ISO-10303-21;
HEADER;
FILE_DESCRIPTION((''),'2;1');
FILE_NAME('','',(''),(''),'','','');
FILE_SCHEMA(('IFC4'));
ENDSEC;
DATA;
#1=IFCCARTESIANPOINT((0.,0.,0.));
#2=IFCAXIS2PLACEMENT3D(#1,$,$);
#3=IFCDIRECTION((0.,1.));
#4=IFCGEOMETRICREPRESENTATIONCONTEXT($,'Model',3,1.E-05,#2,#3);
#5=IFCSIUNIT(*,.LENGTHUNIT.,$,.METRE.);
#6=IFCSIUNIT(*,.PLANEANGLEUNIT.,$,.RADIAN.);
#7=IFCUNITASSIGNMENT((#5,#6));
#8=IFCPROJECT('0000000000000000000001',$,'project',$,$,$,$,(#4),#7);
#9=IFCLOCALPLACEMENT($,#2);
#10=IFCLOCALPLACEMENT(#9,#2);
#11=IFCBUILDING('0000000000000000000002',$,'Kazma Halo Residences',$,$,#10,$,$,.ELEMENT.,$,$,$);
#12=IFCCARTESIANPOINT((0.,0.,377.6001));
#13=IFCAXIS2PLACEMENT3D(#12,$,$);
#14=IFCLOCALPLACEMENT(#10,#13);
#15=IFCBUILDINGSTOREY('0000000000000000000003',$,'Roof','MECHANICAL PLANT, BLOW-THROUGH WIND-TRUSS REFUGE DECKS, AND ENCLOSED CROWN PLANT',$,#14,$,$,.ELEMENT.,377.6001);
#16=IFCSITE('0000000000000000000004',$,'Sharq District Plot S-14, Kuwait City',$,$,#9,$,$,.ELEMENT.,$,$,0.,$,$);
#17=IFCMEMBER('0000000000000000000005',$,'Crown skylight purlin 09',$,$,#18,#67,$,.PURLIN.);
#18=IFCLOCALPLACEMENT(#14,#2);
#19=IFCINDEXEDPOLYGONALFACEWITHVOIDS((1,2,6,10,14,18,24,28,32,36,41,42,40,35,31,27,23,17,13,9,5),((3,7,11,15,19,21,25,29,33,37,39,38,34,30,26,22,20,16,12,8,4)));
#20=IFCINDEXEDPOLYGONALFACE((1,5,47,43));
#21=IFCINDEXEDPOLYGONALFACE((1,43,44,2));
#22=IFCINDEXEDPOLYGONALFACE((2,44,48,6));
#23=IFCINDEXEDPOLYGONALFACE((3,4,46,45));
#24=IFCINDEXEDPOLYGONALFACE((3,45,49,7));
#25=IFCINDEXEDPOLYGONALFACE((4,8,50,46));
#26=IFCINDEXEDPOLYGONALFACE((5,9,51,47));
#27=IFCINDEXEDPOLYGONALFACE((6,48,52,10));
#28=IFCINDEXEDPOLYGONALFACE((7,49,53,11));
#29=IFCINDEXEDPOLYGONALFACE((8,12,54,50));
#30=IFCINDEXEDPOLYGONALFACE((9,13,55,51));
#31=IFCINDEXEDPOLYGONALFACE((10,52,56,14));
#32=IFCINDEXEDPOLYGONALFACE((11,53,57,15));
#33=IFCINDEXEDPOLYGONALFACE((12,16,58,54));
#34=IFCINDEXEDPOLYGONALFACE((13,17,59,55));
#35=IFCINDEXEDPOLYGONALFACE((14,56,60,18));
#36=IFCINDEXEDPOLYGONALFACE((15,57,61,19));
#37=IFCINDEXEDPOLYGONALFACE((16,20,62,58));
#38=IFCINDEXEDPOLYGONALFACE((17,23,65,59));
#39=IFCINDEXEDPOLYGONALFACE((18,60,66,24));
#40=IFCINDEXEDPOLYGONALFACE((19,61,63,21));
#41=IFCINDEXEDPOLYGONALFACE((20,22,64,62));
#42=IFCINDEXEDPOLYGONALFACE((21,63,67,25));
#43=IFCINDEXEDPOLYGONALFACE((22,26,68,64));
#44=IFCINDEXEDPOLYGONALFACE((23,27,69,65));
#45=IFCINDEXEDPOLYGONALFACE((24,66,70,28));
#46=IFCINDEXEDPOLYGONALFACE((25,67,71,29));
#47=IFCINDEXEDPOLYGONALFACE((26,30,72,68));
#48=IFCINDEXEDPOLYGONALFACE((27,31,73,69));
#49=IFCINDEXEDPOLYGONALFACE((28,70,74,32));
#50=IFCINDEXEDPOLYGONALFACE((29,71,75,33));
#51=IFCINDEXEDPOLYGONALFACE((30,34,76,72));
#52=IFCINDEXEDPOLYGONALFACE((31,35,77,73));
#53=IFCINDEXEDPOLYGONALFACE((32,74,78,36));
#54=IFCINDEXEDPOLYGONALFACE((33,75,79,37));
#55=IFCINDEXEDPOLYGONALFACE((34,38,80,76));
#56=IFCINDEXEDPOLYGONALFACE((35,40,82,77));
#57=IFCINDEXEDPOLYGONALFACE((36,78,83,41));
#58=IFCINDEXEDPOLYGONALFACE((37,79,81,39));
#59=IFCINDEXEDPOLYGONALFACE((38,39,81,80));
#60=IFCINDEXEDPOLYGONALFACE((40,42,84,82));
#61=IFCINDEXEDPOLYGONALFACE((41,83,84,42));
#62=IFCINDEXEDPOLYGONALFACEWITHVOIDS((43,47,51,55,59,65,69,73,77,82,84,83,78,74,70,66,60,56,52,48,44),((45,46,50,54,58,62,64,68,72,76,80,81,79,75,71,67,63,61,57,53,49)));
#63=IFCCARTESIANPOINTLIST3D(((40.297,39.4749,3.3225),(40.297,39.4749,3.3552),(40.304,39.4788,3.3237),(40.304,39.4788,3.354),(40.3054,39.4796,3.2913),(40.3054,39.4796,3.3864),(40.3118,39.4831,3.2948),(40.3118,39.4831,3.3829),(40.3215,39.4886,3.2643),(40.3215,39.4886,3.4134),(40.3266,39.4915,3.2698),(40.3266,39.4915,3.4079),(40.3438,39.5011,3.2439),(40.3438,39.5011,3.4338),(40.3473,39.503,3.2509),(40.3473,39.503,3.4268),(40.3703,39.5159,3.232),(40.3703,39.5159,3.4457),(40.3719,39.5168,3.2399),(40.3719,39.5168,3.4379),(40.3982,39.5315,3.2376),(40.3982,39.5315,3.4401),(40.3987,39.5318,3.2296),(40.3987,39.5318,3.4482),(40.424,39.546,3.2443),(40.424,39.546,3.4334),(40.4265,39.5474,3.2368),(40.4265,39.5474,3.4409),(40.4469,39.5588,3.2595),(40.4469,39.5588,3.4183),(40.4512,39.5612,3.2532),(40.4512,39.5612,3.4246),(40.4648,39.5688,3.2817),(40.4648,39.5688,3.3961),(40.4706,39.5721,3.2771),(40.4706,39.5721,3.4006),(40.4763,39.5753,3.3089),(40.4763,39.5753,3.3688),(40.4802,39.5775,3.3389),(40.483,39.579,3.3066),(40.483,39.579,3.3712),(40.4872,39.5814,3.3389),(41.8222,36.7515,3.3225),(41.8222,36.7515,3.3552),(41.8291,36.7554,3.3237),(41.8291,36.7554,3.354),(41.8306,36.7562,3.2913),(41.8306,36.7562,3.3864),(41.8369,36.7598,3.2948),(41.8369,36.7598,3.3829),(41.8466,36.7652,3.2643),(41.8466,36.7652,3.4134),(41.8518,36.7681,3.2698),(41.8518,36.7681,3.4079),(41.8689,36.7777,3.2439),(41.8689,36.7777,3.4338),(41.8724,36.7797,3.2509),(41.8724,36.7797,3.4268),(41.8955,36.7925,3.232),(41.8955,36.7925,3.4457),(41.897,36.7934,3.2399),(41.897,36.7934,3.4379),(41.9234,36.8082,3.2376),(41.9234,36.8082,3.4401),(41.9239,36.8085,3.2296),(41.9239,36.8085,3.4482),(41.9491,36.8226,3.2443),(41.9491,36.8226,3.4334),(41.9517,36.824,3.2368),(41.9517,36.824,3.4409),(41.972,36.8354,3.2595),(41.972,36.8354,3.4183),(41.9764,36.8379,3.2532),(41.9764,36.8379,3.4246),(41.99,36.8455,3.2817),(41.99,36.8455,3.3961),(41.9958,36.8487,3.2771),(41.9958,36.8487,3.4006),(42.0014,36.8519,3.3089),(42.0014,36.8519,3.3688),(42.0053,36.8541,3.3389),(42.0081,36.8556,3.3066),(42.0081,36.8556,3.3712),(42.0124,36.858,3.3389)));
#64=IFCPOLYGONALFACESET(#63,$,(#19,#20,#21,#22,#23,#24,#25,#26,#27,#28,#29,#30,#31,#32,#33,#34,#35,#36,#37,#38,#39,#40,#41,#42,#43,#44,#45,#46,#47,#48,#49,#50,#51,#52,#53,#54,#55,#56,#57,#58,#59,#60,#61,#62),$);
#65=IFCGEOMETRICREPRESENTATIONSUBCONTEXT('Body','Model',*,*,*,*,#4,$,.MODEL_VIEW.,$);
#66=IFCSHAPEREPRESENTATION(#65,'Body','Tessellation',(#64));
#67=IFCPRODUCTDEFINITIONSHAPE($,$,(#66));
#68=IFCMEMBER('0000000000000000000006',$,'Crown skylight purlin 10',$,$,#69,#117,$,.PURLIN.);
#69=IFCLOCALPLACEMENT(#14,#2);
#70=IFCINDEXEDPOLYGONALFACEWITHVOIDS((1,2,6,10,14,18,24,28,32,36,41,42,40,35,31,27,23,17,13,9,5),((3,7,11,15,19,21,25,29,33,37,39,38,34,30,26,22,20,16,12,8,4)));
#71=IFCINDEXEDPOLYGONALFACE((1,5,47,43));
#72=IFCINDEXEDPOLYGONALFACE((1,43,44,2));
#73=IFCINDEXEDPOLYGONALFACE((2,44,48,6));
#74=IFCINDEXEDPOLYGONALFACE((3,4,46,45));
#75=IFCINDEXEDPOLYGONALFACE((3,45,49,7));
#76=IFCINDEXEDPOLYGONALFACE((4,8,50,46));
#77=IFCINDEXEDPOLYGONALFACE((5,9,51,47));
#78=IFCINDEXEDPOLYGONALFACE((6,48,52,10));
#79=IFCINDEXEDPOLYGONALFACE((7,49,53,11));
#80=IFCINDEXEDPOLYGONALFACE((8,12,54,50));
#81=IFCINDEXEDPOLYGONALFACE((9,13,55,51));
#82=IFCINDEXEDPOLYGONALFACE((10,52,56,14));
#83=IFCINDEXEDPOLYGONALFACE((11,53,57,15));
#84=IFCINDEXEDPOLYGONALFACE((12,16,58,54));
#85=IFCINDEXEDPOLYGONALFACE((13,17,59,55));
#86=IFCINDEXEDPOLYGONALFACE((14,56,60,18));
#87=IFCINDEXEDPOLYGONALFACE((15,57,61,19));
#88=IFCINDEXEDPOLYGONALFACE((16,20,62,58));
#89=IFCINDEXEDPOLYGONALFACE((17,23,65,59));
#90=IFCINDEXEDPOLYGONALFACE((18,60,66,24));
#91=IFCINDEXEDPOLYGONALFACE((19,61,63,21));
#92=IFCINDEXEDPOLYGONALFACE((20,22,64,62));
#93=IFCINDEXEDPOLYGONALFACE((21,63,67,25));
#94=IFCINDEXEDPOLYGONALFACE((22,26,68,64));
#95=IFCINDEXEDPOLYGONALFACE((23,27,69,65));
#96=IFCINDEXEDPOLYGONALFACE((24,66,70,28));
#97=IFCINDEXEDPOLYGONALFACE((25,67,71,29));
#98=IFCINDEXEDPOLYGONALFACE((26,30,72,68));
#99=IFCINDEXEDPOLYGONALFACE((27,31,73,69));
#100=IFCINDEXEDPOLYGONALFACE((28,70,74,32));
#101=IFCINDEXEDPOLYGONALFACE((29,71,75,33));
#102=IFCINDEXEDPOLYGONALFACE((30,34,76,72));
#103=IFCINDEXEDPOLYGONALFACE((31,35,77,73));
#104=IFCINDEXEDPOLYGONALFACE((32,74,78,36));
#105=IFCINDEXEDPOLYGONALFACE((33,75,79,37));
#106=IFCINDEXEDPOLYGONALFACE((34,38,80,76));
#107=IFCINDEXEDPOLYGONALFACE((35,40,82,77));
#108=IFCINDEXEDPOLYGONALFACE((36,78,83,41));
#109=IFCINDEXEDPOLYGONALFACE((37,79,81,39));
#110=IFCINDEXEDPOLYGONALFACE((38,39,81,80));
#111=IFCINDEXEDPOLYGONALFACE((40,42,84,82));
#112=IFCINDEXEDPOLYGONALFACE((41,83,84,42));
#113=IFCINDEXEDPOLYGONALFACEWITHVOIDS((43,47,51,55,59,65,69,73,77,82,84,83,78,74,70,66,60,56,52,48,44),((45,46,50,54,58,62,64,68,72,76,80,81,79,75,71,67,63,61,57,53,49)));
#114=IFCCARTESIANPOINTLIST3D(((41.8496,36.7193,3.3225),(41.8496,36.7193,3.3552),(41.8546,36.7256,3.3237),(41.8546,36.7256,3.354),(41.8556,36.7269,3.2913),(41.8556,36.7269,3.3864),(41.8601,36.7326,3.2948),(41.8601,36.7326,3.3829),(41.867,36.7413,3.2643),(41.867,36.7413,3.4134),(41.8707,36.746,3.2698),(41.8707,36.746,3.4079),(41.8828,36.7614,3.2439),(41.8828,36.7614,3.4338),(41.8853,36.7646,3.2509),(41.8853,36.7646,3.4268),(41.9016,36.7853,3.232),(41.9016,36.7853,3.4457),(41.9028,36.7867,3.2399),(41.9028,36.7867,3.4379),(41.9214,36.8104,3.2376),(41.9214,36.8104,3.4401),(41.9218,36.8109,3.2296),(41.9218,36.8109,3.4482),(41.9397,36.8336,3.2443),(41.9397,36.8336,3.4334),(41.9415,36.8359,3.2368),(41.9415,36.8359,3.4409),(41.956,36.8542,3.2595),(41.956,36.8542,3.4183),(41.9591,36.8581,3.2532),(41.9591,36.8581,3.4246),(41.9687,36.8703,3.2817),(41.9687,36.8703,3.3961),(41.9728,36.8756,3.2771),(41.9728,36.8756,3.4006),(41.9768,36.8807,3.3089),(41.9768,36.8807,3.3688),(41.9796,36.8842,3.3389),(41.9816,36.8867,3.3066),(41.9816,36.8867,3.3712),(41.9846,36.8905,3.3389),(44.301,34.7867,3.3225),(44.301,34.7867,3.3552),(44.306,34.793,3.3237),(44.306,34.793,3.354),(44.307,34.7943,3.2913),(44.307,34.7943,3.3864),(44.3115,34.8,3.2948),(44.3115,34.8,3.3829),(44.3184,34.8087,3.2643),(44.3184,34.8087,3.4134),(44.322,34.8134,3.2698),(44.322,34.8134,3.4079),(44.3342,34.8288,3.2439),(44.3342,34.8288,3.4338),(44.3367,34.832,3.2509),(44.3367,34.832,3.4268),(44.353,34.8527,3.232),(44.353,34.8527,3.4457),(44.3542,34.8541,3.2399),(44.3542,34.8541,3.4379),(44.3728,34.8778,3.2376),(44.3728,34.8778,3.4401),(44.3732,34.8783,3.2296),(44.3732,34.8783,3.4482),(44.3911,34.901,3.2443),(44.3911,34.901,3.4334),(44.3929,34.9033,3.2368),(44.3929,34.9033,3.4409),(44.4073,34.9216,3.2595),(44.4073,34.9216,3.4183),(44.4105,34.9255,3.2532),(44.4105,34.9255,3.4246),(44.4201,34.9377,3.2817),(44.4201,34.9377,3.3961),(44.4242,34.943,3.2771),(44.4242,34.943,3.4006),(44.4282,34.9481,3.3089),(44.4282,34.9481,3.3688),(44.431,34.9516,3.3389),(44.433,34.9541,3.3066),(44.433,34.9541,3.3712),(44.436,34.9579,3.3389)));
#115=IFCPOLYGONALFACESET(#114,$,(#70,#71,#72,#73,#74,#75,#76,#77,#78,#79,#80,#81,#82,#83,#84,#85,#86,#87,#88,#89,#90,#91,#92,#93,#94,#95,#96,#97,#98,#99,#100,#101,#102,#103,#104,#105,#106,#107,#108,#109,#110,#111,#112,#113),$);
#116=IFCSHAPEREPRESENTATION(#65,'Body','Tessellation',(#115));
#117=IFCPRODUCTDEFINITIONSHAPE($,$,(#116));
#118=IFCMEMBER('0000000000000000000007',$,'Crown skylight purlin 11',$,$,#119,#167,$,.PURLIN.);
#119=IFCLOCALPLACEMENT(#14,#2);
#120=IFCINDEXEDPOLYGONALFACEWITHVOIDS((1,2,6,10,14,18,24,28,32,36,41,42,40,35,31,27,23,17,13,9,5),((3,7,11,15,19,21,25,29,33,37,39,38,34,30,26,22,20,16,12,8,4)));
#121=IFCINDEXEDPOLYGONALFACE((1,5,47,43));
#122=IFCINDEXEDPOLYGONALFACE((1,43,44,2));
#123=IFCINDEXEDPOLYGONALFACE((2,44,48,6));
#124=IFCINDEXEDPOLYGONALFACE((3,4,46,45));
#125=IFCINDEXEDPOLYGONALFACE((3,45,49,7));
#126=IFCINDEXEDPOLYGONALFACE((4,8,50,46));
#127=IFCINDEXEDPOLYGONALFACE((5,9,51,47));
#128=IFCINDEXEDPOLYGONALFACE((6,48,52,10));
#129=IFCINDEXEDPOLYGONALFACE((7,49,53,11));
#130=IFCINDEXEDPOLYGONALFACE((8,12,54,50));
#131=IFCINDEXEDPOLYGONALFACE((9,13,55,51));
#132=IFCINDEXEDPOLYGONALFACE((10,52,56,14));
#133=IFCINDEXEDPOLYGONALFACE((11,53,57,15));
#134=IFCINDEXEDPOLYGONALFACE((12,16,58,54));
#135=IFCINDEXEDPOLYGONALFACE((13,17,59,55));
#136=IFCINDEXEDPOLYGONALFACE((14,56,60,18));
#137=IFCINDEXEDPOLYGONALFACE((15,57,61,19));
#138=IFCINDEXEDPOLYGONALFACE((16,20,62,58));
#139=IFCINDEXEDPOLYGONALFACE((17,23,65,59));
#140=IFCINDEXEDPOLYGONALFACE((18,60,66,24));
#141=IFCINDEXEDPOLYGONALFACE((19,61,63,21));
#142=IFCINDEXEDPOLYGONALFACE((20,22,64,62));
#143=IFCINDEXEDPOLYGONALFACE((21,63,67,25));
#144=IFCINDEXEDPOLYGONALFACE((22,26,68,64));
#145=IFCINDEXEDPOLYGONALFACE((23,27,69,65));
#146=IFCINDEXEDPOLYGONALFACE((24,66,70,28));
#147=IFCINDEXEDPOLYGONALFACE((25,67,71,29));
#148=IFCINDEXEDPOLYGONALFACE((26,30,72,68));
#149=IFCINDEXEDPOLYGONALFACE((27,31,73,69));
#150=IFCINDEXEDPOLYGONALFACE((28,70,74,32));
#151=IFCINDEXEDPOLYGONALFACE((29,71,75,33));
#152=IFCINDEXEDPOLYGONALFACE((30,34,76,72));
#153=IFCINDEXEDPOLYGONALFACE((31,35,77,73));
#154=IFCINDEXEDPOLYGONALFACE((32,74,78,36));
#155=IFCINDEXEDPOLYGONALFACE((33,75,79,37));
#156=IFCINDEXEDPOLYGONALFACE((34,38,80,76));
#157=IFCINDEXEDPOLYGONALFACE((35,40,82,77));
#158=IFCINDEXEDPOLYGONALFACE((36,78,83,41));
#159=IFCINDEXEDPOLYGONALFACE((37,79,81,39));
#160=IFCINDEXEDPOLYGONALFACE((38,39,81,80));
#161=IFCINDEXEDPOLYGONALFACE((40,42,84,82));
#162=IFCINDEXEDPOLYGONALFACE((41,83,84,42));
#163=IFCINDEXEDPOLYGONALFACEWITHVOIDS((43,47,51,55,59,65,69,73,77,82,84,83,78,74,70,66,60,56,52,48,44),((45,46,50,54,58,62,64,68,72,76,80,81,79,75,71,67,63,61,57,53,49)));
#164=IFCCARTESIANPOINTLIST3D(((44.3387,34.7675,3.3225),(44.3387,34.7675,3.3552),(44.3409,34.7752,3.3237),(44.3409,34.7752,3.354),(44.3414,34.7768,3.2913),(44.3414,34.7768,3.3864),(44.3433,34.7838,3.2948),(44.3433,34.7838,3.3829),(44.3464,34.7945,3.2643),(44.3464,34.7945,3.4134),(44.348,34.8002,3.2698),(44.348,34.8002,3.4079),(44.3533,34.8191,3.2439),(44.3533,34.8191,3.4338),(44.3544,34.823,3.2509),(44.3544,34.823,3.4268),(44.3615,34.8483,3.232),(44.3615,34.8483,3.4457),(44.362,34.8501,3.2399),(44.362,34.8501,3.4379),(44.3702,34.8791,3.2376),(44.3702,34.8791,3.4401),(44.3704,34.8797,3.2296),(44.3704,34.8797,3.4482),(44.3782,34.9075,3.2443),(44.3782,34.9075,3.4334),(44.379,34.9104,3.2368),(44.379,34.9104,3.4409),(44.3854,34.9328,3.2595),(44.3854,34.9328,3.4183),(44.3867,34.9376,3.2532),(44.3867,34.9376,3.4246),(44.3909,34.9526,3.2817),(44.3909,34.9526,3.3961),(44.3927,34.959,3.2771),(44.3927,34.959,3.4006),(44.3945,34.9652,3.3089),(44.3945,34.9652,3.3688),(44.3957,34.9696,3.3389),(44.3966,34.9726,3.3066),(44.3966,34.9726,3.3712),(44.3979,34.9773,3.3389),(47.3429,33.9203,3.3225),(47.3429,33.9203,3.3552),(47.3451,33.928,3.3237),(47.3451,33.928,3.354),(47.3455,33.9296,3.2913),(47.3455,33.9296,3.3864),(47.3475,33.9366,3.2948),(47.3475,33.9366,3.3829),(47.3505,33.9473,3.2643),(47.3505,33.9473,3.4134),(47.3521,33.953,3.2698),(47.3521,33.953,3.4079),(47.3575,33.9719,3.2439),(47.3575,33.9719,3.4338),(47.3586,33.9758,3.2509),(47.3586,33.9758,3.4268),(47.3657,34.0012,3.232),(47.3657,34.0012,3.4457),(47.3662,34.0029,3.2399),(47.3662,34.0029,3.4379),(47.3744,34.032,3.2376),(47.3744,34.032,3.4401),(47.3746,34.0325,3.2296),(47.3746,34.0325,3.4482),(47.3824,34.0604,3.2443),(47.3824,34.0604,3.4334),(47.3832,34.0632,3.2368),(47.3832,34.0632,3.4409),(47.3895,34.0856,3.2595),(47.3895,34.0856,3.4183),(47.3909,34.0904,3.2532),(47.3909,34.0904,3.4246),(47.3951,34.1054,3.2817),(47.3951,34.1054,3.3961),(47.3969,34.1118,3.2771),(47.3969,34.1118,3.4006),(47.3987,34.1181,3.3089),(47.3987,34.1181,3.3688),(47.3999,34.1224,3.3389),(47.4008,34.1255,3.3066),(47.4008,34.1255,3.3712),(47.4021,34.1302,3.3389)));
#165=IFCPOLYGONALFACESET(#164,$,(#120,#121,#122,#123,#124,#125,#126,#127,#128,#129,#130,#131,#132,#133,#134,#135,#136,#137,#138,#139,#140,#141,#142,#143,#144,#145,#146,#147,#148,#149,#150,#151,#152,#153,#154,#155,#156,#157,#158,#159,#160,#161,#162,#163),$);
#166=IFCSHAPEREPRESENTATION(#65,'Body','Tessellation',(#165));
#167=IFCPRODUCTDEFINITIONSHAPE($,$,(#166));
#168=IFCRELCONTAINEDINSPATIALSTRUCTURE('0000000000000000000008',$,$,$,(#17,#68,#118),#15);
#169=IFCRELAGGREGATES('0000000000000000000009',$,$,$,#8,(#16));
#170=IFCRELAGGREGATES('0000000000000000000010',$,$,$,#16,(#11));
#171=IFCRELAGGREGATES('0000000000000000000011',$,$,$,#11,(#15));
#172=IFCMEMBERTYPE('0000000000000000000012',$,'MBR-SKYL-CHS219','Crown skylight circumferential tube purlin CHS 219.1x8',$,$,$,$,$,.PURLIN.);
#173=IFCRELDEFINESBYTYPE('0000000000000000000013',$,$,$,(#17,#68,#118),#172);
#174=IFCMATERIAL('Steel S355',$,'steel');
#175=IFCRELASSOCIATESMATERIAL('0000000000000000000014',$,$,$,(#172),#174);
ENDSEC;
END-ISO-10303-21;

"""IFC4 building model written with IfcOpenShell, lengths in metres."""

from ifc_helpers import new_model, si_unit, direction, frame, origin, origin_2d, place, context, subcontext, project, spatial, hollow_circle, extrude, material, material_profile, profile_set, type_object, element, save


model = new_model("IFC4")

# Units and contexts
model_context = context("Model", 3, precision=1e-05, world=origin(), true_north=direction((0.0, 1.0)))
body_context = subcontext(model_context, "Body", "Model", "MODEL_VIEW")
ifc_project = project(units=[si_unit("LENGTHUNIT", "METRE"), si_unit("PLANEANGLEUNIT", "RADIAN")], contexts=[model_context])

# Site, building, storey
site_placement = place(None, origin())
site = spatial("IfcSite", under=ifc_project, at=site_placement, Name="Sharq District Plot S-14, Kuwait City", CompositionType="ELEMENT", RefElevation=0.0)
building_placement = place(site_placement, origin())
building = spatial("IfcBuilding", under=site, at=building_placement, Name="Kazma Halo Residences", CompositionType="ELEMENT")
storey_placement = place(building_placement, frame((0.0, 0.0, 377.6001)))
storey = spatial("IfcBuildingStorey", under=building, at=storey_placement, Name="Roof", Description="MECHANICAL PLANT, BLOW-THROUGH WIND-TRUSS REFUGE DECKS, AND ENCLOSED CROWN PLANT", CompositionType="ELEMENT", Elevation=377.6001)

# Shared definitions
ifc_material_1 = material(Name="Steel S355", Category="steel")

# Members
ifc_material_profile_1 = material_profile(ifc_material_1, hollow_circle(Radius=0.1096, WallThickness=0.0081, at=origin_2d()), Name="CHS219.1x8")
ifc_profile_set_1 = profile_set([ifc_material_profile_1], Name="Steel S355")
member_type_1 = type_object("IfcMemberType", Name="MBR-SKYL-CHS219", Description="Crown skylight circumferential tube purlin CHS 219.1x8", PredefinedType="PURLIN", material=ifc_profile_set_1)
member_1_placement = place(storey_placement, frame((40.3916, 39.5278, 3.3389), z_axis=(0.488615, -0.872499, 0.0), x_axis=(0.872499, 0.488615, 0.0)))
element("IfcMember", 1, at=member_1_placement, inside=storey, type_object=member_type_1, Name="Crown skylight purlin 09", PredefinedType="PURLIN", context=body_context, shape_type="SweptSolid", body=[
    extrude(hollow_circle(Radius=0.1096, WallThickness=0.0081, at=origin_2d()), origin(), (0.0, 0.0, 1.0), 3.1213),
])
member_2_placement = place(storey_placement, frame((41.9167, 36.8044, 3.3389), z_axis=(0.785305, -0.619109, 0.0), x_axis=(0.619109, 0.785305, 0.0)))
element("IfcMember", 2, at=member_2_placement, inside=storey, type_object=member_type_1, Name="Crown skylight purlin 10", PredefinedType="PURLIN", context=body_context, shape_type="SweptSolid", body=[
    extrude(hollow_circle(Radius=0.1096, WallThickness=0.0081, at=origin_2d()), origin(), (0.0, 0.0, 1.0), 3.1216),
])
member_3_placement = place(storey_placement, frame((44.3682, 34.8718, 3.3389), z_axis=(0.962463, -0.271414, 0.0), x_axis=(0.271414, 0.962463, 0.0)))
element("IfcMember", 3, at=member_3_placement, inside=storey, type_object=member_type_1, Name="Crown skylight purlin 11", PredefinedType="PURLIN", context=body_context, shape_type="SweptSolid", body=[
    extrude(hollow_circle(Radius=0.1096, WallThickness=0.0081, at=origin_2d()), origin(), (0.0, 0.0, 1.0), 3.1213),
])

save(model, "model.ifc")
